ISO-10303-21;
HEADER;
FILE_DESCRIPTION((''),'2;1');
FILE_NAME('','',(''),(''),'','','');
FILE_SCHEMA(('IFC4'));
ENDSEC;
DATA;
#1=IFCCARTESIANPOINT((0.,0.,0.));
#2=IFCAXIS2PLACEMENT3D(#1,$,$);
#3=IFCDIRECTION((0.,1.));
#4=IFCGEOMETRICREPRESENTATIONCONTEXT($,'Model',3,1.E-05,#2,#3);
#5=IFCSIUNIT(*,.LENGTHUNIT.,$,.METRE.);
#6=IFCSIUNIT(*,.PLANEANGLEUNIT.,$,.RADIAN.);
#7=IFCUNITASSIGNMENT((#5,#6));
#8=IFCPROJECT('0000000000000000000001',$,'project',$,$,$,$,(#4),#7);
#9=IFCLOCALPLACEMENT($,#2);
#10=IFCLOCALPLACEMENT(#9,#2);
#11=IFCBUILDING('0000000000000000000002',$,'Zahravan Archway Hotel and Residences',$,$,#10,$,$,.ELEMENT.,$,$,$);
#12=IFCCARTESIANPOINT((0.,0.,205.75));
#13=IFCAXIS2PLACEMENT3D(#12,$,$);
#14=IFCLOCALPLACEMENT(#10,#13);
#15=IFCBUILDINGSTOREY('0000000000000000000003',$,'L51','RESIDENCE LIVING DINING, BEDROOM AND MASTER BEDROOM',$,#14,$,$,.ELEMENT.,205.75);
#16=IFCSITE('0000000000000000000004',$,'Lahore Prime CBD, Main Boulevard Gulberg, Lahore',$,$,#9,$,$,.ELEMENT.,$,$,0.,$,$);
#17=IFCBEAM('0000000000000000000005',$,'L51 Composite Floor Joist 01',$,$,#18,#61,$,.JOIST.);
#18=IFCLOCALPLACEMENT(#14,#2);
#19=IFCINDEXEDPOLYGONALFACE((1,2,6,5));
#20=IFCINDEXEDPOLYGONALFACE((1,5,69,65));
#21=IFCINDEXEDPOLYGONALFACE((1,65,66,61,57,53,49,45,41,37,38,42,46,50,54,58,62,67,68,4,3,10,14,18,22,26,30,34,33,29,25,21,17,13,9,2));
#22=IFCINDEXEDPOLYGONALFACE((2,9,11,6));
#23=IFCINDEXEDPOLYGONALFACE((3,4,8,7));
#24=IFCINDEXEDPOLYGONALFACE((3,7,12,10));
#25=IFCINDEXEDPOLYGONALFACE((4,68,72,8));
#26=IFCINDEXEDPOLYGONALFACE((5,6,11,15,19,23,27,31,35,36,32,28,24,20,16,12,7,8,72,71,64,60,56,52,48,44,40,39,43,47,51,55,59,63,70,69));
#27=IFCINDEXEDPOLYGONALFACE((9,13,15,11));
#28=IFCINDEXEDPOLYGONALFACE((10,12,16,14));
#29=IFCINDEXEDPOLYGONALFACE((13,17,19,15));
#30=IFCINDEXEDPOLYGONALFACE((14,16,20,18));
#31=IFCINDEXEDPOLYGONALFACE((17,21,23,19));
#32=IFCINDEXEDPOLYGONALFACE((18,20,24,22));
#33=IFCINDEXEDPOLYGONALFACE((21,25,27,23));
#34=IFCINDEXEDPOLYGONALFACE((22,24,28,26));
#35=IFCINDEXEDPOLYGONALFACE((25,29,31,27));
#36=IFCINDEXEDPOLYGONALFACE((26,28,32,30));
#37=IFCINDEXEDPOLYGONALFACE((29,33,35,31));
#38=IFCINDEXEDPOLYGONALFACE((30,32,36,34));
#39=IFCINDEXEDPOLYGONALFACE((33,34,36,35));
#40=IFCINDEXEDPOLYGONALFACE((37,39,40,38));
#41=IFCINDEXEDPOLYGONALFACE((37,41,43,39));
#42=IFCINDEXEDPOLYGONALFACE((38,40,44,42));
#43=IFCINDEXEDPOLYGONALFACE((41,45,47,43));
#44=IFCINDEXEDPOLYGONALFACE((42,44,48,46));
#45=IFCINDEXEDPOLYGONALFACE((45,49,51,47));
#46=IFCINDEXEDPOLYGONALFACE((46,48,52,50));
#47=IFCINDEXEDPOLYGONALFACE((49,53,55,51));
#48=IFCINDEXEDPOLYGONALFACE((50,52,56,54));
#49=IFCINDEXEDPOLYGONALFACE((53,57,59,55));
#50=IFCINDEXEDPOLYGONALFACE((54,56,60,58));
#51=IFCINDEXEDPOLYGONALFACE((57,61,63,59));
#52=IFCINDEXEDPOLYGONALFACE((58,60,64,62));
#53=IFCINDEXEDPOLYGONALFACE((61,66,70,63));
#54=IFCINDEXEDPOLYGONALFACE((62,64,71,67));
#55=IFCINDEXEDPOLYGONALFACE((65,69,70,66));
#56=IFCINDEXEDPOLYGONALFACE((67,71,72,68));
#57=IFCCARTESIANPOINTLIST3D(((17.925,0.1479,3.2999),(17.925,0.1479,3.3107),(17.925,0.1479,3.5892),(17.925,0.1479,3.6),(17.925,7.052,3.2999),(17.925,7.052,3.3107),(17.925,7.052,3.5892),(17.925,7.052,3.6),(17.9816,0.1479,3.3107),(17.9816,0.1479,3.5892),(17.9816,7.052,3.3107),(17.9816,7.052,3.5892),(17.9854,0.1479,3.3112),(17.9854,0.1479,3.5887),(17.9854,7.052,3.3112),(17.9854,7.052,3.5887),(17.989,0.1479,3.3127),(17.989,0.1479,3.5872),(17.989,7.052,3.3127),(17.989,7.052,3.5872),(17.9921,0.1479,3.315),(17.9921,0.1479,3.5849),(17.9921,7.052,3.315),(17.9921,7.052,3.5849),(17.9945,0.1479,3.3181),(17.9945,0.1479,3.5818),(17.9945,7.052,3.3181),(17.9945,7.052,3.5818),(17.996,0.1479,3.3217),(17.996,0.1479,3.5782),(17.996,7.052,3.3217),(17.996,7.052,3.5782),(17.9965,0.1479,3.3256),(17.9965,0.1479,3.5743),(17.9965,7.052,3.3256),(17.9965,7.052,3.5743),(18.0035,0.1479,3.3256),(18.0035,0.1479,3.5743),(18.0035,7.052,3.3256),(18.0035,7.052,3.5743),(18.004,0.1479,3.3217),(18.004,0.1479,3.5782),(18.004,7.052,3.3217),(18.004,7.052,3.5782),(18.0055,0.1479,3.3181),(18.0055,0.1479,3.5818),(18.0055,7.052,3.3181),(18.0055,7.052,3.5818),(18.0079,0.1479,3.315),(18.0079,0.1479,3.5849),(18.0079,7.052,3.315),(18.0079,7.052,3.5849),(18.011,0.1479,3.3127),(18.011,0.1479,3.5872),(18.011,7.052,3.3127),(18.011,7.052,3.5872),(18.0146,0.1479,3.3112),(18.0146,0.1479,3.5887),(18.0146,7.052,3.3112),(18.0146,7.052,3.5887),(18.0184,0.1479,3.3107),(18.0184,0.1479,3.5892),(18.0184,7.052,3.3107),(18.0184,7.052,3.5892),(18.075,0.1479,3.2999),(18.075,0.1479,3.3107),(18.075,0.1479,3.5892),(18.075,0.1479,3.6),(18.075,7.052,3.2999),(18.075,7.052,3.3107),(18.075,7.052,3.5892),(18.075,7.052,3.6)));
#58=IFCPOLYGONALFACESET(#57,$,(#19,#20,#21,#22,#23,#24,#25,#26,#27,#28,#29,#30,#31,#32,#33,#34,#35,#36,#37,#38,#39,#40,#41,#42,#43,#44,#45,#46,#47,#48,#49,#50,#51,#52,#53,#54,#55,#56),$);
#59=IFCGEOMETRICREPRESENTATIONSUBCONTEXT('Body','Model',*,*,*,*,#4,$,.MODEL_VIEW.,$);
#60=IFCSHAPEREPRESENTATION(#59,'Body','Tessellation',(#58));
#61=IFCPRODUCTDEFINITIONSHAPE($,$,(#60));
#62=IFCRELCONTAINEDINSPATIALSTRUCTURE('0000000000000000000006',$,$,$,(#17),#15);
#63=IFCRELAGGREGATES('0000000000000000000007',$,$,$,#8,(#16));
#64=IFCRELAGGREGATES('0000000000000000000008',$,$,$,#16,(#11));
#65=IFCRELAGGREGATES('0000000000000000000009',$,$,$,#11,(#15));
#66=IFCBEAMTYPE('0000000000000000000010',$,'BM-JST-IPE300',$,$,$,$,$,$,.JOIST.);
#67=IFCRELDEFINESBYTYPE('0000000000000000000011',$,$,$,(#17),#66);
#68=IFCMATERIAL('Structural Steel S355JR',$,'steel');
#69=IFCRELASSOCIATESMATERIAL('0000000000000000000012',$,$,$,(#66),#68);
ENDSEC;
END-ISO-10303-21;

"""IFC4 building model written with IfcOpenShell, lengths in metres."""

from ifc_helpers import new_model, si_unit, direction, frame, origin, origin_2d, place, context, subcontext, project, spatial, i_section, extrude, source, transform, mapped, material, material_profile, profile_set, type_object, type_shapes, element, save


model = new_model("IFC4")

# Units and contexts
model_context = context("Model", 3, precision=1e-05, world=origin(), true_north=direction((0.0, 1.0)))
body_context = subcontext(model_context, "Body", "Model", "MODEL_VIEW")
ifc_project = project(units=[si_unit("LENGTHUNIT", "METRE"), si_unit("PLANEANGLEUNIT", "RADIAN")], contexts=[model_context])

# Site, building, storey
site_placement = place(None, origin())
site = spatial("IfcSite", under=ifc_project, at=site_placement, Name="Lahore Prime CBD, Main Boulevard Gulberg, Lahore", CompositionType="ELEMENT", RefElevation=0.0)
building_placement = place(site_placement, origin())
building = spatial("IfcBuilding", under=site, at=building_placement, Name="Zahravan Archway Hotel and Residences", CompositionType="ELEMENT")
storey_placement = place(building_placement, frame((0.0, 0.0, 205.75)))
storey = spatial("IfcBuildingStorey", under=building, at=storey_placement, Name="L51", Description="RESIDENCE LIVING DINING, BEDROOM AND MASTER BEDROOM", CompositionType="ELEMENT", Elevation=205.75)

# Beam
ifc_material_1 = material(Name="Structural Steel S355JR", Category="steel")
ifc_material_profile = material_profile(ifc_material_1, i_section(OverallWidth=0.1499, OverallDepth=0.3, WebThickness=0.0071, FlangeThickness=0.0107, FilletRadius=0.0149, at=origin_2d()), Name="IPE 300", Category="steel")
ifc_profile_set = profile_set([ifc_material_profile], Name="Structural Steel S355JR")
beam_type = type_object("IfcBeamType", Name="BM-JST-IPE300", PredefinedType="JOIST", material=ifc_profile_set)
shared_shape_1 = source(origin(), body_context, "Body", "SweptSolid", [
    extrude(i_section(OverallWidth=0.1499, OverallDepth=0.3, WebThickness=0.0071, FlangeThickness=0.0107, FilletRadius=0.0149, at=origin_2d()), origin(), (0.0, 0.0, 1.0), 6.9041),
])
type_shapes(beam_type, [shared_shape_1])
beam_placement = place(storey_placement, frame((18.0, 0.1479, 3.45), z_axis=(0.0, 1.0, 0.0), x_axis=(-1.0, 0.0, 0.0)))
element("IfcBeam", 1, at=beam_placement, inside=storey, type_object=beam_type, Name="L51 Composite Floor Joist 01", PredefinedType="JOIST", context=body_context, shape_type="MappedRepresentation", body=[
    mapped(shared_shape_1, transform((0.0, 0.0, 0.0), scale=1.0)),
])

save(model, "model.ifc")
